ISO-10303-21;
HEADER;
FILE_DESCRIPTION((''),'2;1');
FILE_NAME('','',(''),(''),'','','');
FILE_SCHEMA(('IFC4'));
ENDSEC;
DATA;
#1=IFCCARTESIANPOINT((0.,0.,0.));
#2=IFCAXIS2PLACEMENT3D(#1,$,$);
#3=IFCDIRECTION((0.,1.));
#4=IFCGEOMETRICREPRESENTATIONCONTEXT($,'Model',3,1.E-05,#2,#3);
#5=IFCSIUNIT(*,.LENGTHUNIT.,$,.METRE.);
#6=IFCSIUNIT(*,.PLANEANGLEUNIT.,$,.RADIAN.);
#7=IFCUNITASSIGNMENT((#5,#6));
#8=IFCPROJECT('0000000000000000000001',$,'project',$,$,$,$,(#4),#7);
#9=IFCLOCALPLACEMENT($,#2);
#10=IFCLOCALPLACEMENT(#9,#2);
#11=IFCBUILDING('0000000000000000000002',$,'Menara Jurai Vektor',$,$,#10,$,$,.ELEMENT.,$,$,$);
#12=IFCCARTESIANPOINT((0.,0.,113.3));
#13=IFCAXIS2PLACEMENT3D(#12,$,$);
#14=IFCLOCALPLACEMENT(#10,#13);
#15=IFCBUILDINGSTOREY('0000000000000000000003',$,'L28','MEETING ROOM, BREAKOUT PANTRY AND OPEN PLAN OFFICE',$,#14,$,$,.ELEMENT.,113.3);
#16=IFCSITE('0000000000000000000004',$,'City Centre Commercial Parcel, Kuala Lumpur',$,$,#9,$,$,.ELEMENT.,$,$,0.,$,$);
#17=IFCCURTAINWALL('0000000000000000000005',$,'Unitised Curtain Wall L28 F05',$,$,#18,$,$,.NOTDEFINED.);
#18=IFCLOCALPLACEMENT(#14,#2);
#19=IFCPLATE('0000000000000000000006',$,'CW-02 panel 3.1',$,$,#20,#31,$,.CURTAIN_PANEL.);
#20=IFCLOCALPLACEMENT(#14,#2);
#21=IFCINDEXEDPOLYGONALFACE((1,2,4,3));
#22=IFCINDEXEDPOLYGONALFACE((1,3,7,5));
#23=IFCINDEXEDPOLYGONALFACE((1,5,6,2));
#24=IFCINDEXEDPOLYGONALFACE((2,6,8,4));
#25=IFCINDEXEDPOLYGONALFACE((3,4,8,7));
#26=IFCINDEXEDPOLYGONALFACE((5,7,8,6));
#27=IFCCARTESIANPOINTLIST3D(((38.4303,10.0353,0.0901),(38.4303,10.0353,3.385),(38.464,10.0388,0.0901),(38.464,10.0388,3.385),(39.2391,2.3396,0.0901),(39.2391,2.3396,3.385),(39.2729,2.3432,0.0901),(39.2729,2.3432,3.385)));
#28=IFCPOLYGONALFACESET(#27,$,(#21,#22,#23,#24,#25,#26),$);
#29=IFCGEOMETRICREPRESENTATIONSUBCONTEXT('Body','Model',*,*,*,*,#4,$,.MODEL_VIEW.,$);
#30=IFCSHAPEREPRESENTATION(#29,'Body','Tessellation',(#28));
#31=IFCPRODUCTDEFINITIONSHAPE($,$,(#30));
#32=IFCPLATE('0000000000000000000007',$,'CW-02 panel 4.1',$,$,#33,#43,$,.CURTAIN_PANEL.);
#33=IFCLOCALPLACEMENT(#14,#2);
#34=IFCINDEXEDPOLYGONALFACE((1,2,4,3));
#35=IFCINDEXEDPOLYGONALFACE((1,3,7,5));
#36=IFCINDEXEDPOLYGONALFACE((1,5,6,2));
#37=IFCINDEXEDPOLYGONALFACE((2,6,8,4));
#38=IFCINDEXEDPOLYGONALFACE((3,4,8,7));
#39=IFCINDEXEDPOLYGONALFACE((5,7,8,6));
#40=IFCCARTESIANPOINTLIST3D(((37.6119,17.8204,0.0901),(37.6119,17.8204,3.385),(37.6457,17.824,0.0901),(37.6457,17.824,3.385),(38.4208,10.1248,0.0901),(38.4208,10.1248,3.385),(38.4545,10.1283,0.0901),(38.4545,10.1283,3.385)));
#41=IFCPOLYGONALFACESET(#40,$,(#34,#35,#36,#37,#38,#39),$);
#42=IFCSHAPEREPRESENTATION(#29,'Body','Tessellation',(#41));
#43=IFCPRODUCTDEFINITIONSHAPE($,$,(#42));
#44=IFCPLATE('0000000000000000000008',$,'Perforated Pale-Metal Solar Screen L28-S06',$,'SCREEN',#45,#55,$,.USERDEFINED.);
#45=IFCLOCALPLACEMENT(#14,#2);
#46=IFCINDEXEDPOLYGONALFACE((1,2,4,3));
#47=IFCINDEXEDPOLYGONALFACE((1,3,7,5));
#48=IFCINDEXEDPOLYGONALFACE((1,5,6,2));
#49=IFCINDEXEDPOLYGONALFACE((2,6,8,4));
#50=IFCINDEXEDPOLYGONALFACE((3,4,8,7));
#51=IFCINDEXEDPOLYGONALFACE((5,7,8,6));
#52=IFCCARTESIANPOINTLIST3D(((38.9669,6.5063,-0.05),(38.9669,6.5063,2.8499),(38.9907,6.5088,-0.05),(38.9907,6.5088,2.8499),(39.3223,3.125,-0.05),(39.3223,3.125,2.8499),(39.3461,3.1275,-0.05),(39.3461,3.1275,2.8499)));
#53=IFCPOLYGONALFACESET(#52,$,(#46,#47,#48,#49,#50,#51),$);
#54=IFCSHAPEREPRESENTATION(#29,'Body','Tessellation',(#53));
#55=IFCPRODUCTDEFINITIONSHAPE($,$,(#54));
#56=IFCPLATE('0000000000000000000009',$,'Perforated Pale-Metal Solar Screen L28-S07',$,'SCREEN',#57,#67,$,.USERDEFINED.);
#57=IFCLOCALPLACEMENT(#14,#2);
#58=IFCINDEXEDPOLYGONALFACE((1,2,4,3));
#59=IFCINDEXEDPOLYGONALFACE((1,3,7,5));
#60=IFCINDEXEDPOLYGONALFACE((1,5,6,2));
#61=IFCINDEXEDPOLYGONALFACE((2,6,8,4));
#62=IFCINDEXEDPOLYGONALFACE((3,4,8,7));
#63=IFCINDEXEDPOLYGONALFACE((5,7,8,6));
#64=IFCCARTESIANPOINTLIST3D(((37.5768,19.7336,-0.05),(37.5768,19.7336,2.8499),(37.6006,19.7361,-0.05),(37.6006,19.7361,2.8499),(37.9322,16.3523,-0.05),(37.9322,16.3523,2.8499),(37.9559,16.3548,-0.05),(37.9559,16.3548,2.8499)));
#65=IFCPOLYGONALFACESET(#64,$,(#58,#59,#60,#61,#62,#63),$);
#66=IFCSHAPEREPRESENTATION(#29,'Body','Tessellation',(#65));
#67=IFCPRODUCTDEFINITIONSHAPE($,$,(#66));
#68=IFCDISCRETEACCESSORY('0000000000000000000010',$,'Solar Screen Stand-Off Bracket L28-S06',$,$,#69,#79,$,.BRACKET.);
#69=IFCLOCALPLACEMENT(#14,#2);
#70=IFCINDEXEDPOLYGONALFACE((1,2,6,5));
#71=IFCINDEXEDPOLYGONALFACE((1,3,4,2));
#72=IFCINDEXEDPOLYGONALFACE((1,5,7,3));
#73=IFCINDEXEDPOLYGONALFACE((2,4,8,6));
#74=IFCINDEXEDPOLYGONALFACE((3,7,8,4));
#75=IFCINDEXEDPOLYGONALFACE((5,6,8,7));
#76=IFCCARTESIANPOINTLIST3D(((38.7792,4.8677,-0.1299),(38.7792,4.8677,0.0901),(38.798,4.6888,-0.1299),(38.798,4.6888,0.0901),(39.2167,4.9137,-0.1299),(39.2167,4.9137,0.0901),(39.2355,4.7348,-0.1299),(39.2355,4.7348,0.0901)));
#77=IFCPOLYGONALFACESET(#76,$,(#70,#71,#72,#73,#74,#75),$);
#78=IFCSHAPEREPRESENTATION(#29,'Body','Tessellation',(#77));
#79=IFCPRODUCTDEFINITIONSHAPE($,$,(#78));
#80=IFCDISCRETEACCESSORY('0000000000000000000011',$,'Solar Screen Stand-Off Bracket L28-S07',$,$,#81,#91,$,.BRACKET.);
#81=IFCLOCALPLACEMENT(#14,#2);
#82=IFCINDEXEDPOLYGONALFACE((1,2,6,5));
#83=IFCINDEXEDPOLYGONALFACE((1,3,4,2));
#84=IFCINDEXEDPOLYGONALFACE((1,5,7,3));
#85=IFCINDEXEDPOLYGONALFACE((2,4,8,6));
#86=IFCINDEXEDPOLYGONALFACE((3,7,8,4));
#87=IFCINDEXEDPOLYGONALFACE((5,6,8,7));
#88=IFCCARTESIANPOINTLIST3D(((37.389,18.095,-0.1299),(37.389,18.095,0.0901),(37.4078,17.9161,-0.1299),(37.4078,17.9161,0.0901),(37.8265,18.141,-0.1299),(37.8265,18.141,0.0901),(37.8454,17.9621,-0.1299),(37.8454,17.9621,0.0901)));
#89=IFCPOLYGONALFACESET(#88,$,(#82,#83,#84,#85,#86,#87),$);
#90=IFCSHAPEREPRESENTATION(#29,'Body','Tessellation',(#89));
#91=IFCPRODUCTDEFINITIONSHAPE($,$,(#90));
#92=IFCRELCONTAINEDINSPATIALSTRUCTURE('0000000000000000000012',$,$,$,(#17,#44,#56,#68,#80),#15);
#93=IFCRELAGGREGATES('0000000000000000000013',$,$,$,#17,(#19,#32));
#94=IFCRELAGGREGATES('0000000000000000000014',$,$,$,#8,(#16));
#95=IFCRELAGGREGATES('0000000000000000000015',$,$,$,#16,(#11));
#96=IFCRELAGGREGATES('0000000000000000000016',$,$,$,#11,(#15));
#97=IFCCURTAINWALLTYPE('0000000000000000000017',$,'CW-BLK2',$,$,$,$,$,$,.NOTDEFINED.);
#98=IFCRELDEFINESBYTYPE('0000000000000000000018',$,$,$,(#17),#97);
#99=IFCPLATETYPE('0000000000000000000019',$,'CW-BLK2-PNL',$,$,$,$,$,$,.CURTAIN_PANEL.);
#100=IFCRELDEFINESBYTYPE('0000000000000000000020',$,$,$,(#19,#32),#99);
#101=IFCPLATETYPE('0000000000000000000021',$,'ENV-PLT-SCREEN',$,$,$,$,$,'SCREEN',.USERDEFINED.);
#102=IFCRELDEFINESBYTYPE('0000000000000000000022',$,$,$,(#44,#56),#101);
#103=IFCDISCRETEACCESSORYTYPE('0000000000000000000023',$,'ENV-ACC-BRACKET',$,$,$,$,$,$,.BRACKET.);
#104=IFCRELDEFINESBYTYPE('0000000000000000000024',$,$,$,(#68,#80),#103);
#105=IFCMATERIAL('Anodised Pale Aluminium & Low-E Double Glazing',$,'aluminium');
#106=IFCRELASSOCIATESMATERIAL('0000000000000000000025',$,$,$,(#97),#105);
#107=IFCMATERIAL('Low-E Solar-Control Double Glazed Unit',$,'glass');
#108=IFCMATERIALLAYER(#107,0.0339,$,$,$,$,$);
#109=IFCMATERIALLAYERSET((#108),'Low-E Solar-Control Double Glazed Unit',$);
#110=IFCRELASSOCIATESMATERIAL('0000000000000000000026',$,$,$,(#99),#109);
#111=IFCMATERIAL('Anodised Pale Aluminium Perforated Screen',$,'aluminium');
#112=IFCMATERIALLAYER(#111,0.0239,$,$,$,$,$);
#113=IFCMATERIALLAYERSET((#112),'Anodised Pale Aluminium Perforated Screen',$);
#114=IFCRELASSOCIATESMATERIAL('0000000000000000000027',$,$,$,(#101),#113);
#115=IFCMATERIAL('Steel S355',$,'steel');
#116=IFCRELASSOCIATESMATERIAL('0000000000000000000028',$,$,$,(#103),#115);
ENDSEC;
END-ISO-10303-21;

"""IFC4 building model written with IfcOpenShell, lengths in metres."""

from ifc_helpers import new_model, si_unit, direction, frame, origin, origin_2d, place, context, subcontext, project, spatial, rectangle, extrude, material, layer, layer_set, type_object, element, aggregate, save


model = new_model("IFC4")

# Units and contexts
model_context = context("Model", 3, precision=1e-05, world=origin(), true_north=direction((0.0, 1.0)))
body_context = subcontext(model_context, "Body", "Model", "MODEL_VIEW")
ifc_project = project(units=[si_unit("LENGTHUNIT", "METRE"), si_unit("PLANEANGLEUNIT", "RADIAN")], contexts=[model_context])

# Site, building, storey
site_placement = place(None, origin())
site = spatial("IfcSite", under=ifc_project, at=site_placement, Name="City Centre Commercial Parcel, Kuala Lumpur", CompositionType="ELEMENT", RefElevation=0.0)
building_placement = place(site_placement, origin())
building = spatial("IfcBuilding", under=site, at=building_placement, Name="Menara Jurai Vektor", CompositionType="ELEMENT")
storey_placement = place(building_placement, frame((0.0, 0.0, 113.3)))
storey = spatial("IfcBuildingStorey", under=building, at=storey_placement, Name="L28", Description="MEETING ROOM, BREAKOUT PANTRY AND OPEN PLAN OFFICE", CompositionType="ELEMENT", Elevation=113.3)

# Curtain wall
ifc_material_1 = material(Name="Anodised Pale Aluminium & Low-E Double Glazing", Category="aluminium")
curtain_wall_type = type_object("IfcCurtainWallType", Name="CW-BLK2", PredefinedType="NOTDEFINED", material=ifc_material_1)
curtain_wall_placement = place(storey_placement, origin())
curtain_wall = element("IfcCurtainWall", 1, at=curtain_wall_placement, inside=storey, type_object=curtain_wall_type, Name="Unitised Curtain Wall L28 F05", PredefinedType="NOTDEFINED")

# Shared definitions
ifc_material_2 = material(Name="Steel S355", Category="steel")

# Plates
ifc_material_3 = material(Name="Low-E Solar-Control Double Glazed Unit", Category="glass")
ifc_layer_1 = layer(ifc_material_3, 0.0339)
ifc_layer_set_1 = layer_set([ifc_layer_1], Name="Low-E Solar-Control Double Glazed Unit")
plate_type_1 = type_object("IfcPlateType", Name="CW-BLK2-PNL", PredefinedType="CURTAIN_PANEL", material=ifc_layer_set_1)
plate_1_placement = place(storey_placement, frame((38.8516, 6.1892, 0.0901), z_axis=(0.0, 0.0, 1.0), x_axis=(-0.10453, 0.994522, 0.0)))
plate_1 = element("IfcPlate", 2, at=plate_1_placement, type_object=plate_type_1, Name="CW-02 panel 3.1", PredefinedType="CURTAIN_PANEL", context=body_context, shape_type="SweptSolid", body=[
    extrude(rectangle(XDim=7.738, YDim=0.0339, at=origin_2d()), origin(), (0.0, 0.0, 1.0), 3.2949),
])
plate_2_placement = place(storey_placement, frame((38.0332, 13.9744, 0.0901), z_axis=(0.0, 0.0, 1.0), x_axis=(-0.10453, 0.994522, 0.0)))
plate_2 = element("IfcPlate", 3, at=plate_2_placement, type_object=plate_type_1, Name="CW-02 panel 4.1", PredefinedType="CURTAIN_PANEL", context=body_context, shape_type="SweptSolid", body=[
    extrude(rectangle(XDim=7.738, YDim=0.0339, at=origin_2d()), origin(), (0.0, 0.0, 1.0), 3.2949),
])
aggregate(curtain_wall, [plate_1, plate_2])

# Plates
ifc_material_4 = material(Name="Anodised Pale Aluminium Perforated Screen", Category="aluminium")
ifc_layer_2 = layer(ifc_material_4, 0.0239)
ifc_layer_set_2 = layer_set([ifc_layer_2], Name="Anodised Pale Aluminium Perforated Screen")
plate_type_2 = type_object("IfcPlateType", Name="ENV-PLT-SCREEN", ElementType="SCREEN", PredefinedType="USERDEFINED", material=ifc_layer_set_2)
for number, where, z_axis, x_axis, name in (
    (4, (39.1565, 4.8169, -0.05), (0.0, 0.0, 1.0), (-0.104528, 0.994522, 0.0), "Perforated Pale-Metal Solar Screen L28-S06"),
    (5, (37.7664, 18.0442, -0.05), (0.0, 0.0, 1.0), (-0.104528, 0.994522, 0.0), "Perforated Pale-Metal Solar Screen L28-S07"),
):
    element("IfcPlate", number, at=place(storey_placement, frame(where, z_axis=z_axis, x_axis=x_axis)), inside=storey, type_object=plate_type_2, Name=name, ObjectType="SCREEN", PredefinedType="USERDEFINED", context=body_context, shape_type="SweptSolid", body=[
        extrude(rectangle(XDim=3.3999, YDim=0.0239, at=origin_2d()), origin(), (0.0, 0.0, 1.0), 2.8999),
    ])

# Discrete accessories
discrete_accessory_type = type_object("IfcDiscreteAccessoryType", Name="ENV-ACC-BRACKET", PredefinedType="BRACKET", material=ifc_material_2)
for number, where, z_axis, x_axis, name in (
    (6, (39.0073, 4.8013, -0.1299), (0.0, 0.0, 1.0), (-0.104528, 0.994522, 0.0), "Solar Screen Stand-Off Bracket L28-S06"),
    (7, (37.6172, 18.0286, -0.1299), (0.0, 0.0, 1.0), (-0.104528, 0.994522, 0.0), "Solar Screen Stand-Off Bracket L28-S07"),
):
    element("IfcDiscreteAccessory", number, at=place(storey_placement, frame(where, z_axis=z_axis, x_axis=x_axis)), inside=storey, type_object=discrete_accessory_type, Name=name, PredefinedType="BRACKET", context=body_context, shape_type="SweptSolid", body=[
        extrude(rectangle(XDim=0.1799, YDim=0.4399, at=origin_2d()), origin(), (0.0, 0.0, 1.0), 0.22),
    ])

save(model, "model.ifc")
